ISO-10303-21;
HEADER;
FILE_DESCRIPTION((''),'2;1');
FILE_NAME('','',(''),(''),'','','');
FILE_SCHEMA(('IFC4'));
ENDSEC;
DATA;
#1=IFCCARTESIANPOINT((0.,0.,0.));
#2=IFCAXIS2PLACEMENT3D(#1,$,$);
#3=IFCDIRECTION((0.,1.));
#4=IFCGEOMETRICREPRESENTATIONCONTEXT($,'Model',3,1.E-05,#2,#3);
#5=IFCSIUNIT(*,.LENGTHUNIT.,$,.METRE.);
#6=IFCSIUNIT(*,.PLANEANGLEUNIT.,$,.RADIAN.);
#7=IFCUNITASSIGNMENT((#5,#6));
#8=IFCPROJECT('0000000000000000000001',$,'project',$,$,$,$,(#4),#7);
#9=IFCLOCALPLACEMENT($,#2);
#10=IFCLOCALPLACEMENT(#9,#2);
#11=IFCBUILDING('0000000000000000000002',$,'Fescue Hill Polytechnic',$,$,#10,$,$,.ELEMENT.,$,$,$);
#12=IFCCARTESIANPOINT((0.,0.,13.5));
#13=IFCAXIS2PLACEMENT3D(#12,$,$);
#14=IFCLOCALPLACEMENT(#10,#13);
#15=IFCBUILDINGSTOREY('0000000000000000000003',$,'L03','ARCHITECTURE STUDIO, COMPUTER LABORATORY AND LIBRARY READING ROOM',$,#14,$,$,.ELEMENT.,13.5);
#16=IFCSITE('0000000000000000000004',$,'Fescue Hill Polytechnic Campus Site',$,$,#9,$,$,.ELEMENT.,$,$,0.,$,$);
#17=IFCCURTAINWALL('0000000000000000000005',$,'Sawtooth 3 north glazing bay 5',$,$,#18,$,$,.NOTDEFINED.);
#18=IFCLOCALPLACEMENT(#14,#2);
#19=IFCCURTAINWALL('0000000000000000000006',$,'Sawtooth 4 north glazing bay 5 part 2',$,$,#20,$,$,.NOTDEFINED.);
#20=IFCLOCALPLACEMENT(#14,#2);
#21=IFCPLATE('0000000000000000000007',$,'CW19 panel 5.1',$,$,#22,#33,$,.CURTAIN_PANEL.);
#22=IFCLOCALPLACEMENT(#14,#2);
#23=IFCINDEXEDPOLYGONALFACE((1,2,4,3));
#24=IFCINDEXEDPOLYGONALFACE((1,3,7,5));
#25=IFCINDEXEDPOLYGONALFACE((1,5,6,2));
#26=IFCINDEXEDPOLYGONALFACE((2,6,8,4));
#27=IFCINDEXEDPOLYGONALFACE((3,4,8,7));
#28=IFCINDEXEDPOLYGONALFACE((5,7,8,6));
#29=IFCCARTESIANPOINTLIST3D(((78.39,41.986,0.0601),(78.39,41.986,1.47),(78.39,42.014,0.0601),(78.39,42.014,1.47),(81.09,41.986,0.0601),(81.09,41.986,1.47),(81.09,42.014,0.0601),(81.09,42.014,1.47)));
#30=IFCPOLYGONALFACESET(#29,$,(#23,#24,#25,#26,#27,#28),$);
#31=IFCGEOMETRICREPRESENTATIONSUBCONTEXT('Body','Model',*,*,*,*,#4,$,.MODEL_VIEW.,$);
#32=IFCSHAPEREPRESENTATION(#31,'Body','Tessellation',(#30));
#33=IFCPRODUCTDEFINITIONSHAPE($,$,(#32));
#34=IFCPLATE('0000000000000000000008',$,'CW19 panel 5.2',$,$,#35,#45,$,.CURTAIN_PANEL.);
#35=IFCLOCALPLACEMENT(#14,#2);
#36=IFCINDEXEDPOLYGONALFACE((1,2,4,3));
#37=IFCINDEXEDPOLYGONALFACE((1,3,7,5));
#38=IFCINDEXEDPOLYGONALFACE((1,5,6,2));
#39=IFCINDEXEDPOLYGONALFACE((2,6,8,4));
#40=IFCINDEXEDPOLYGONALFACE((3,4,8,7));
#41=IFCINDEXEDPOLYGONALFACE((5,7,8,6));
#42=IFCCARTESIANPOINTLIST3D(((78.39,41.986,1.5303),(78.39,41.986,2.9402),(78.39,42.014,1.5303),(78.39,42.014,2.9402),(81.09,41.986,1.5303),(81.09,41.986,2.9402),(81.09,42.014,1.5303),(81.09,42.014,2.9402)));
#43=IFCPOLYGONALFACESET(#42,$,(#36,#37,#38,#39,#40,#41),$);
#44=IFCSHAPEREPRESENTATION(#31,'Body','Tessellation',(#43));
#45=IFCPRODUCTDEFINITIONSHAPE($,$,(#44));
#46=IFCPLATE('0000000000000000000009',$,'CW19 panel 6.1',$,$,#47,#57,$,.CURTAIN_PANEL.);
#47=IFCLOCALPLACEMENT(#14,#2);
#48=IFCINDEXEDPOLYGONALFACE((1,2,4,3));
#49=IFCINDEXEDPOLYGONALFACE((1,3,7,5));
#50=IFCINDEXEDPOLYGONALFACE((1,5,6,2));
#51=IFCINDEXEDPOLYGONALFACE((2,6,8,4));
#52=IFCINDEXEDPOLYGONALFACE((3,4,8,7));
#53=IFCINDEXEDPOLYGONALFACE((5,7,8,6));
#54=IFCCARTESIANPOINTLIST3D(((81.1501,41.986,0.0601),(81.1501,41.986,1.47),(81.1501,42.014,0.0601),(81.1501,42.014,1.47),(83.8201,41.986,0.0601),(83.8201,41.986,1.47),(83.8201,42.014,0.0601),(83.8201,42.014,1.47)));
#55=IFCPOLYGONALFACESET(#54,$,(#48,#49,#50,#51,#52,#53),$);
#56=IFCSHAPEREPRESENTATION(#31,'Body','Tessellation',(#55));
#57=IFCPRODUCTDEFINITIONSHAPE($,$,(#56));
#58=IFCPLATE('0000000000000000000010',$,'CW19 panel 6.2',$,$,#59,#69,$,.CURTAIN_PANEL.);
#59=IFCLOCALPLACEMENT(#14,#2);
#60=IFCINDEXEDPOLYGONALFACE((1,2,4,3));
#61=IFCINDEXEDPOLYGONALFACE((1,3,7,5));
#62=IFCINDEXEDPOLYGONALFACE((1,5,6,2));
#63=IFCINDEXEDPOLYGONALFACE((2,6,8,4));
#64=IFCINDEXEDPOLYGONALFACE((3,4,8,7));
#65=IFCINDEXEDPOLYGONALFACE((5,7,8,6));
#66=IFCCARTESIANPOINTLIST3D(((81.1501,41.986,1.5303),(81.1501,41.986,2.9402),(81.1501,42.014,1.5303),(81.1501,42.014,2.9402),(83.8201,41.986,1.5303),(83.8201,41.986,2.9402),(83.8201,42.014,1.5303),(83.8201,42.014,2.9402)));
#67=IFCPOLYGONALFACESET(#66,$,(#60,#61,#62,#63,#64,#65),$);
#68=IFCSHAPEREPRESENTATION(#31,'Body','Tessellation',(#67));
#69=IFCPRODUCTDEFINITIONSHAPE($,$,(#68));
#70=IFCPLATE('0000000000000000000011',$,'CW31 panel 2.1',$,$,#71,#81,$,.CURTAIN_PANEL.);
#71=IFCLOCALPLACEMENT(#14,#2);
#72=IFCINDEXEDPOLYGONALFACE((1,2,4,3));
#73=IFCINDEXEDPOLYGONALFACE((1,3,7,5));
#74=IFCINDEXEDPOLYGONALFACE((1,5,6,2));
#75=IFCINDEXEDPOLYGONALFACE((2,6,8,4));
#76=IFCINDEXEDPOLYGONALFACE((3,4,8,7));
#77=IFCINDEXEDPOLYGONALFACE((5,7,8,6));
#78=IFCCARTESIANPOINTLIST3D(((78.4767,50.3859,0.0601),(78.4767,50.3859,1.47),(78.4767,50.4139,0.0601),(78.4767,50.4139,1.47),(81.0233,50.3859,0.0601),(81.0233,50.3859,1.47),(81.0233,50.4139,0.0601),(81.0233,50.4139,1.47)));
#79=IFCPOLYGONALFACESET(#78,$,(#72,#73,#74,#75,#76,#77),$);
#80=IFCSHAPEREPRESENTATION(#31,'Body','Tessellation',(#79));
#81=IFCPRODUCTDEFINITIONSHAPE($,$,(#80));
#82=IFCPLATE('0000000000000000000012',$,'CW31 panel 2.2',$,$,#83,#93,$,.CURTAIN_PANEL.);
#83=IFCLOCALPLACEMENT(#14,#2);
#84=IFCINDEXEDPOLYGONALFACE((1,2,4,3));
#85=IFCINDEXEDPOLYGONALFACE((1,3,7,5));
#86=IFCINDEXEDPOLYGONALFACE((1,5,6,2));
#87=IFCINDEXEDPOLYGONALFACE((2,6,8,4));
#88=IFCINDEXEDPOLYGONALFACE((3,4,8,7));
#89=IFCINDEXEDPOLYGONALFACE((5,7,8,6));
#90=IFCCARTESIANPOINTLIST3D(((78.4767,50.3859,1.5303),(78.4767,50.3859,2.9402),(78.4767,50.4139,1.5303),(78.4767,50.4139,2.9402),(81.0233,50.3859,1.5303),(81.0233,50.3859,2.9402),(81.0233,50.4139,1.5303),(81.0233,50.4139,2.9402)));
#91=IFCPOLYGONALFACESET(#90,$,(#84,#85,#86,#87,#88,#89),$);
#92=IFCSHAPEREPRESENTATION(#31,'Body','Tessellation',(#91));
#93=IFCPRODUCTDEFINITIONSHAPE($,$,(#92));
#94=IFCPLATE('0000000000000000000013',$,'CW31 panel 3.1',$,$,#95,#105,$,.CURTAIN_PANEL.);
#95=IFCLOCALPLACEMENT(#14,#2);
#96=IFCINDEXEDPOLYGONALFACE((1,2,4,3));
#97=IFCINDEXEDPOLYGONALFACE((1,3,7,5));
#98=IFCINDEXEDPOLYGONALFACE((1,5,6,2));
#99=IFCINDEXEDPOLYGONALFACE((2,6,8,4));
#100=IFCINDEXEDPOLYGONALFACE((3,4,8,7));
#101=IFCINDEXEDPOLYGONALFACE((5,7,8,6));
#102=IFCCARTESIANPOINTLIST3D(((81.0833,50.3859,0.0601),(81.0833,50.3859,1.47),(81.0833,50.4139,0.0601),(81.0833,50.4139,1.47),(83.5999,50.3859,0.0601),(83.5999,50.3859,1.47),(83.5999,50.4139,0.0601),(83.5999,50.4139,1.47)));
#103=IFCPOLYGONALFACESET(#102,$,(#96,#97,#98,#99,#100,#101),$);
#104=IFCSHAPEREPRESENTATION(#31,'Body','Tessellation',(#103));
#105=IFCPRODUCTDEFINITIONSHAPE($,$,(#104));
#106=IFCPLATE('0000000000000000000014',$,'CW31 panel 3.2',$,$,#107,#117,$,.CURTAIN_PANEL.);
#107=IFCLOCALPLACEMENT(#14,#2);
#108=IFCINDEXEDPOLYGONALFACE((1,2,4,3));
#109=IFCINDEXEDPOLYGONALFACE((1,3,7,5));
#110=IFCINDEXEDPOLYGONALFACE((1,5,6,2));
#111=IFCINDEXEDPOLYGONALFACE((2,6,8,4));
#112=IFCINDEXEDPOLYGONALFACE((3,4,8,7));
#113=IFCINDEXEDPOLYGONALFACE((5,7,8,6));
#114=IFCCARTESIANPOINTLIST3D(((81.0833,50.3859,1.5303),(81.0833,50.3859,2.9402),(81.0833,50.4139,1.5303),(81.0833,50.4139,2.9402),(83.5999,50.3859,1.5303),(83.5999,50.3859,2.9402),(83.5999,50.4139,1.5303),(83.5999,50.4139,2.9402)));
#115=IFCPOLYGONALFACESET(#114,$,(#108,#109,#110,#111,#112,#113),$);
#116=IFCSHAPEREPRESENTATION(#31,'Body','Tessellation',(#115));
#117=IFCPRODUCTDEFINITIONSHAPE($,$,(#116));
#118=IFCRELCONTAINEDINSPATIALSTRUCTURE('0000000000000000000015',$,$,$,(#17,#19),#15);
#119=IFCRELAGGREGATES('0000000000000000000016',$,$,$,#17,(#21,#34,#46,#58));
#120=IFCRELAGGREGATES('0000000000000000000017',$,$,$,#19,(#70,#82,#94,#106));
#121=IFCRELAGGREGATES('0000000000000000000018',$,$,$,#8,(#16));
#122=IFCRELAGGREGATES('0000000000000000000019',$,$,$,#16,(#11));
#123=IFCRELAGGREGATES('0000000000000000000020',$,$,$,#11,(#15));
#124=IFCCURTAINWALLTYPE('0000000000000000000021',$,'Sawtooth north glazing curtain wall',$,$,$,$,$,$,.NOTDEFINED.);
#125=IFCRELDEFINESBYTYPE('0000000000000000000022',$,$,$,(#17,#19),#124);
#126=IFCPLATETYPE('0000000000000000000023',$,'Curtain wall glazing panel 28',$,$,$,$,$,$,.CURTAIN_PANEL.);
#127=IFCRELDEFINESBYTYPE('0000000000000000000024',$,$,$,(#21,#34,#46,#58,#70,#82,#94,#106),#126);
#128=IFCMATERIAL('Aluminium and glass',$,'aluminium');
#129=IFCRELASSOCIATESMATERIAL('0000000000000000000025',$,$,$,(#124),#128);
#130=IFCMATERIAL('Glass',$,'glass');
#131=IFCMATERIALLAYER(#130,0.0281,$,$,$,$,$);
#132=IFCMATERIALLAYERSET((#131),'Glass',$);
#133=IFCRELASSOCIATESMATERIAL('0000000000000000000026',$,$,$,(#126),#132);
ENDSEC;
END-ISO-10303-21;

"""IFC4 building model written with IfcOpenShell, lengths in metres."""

from ifc_helpers import new_model, si_unit, direction, frame, origin, origin_2d, place, context, subcontext, project, spatial, rectangle, extrude, material, layer, layer_set, type_object, element, aggregate, save


model = new_model("IFC4")

# Units and contexts
model_context = context("Model", 3, precision=1e-05, world=origin(), true_north=direction((0.0, 1.0)))
body_context = subcontext(model_context, "Body", "Model", "MODEL_VIEW")
ifc_project = project(units=[si_unit("LENGTHUNIT", "METRE"), si_unit("PLANEANGLEUNIT", "RADIAN")], contexts=[model_context])

# Site, building, storey
site_placement = place(None, origin())
site = spatial("IfcSite", under=ifc_project, at=site_placement, Name="Fescue Hill Polytechnic Campus Site", CompositionType="ELEMENT", RefElevation=0.0)
building_placement = place(site_placement, origin())
building = spatial("IfcBuilding", under=site, at=building_placement, Name="Fescue Hill Polytechnic", CompositionType="ELEMENT")
storey_placement = place(building_placement, frame((0.0, 0.0, 13.5)))
storey = spatial("IfcBuildingStorey", under=building, at=storey_placement, Name="L03", Description="ARCHITECTURE STUDIO, COMPUTER LABORATORY AND LIBRARY READING ROOM", CompositionType="ELEMENT", Elevation=13.5)

# Curtain walls
ifc_material_1 = material(Name="Aluminium and glass", Category="aluminium")
curtain_wall_type = type_object("IfcCurtainWallType", Name="Sawtooth north glazing curtain wall", PredefinedType="NOTDEFINED", material=ifc_material_1)
curtain_wall_1_placement = place(storey_placement, origin())
curtain_wall_1 = element("IfcCurtainWall", 1, at=curtain_wall_1_placement, inside=storey, type_object=curtain_wall_type, Name="Sawtooth 3 north glazing bay 5", PredefinedType="NOTDEFINED")
curtain_wall_2_placement = place(storey_placement, origin())
curtain_wall_2 = element("IfcCurtainWall", 2, at=curtain_wall_2_placement, inside=storey, type_object=curtain_wall_type, Name="Sawtooth 4 north glazing bay 5 part 2", PredefinedType="NOTDEFINED")

# Plates
ifc_material_2 = material(Name="Glass", Category="glass")
ifc_layer = layer(ifc_material_2, 0.0281)
ifc_layer_set = layer_set([ifc_layer], Name="Glass")
plate_type = type_object("IfcPlateType", Name="Curtain wall glazing panel 28", PredefinedType="CURTAIN_PANEL", material=ifc_layer_set)
plate_1_placement = place(storey_placement, frame((79.74, 42.0, 0.0601), z_axis=(0.0, 0.0, 1.0), x_axis=(1.0, 0.0, 0.0)))
plate_1 = element("IfcPlate", 3, at=plate_1_placement, type_object=plate_type, Name="CW19 panel 5.1", PredefinedType="CURTAIN_PANEL", context=body_context, shape_type="SweptSolid", body=[
    extrude(rectangle(XDim=2.7, YDim=0.0281, at=origin_2d()), origin(), (0.0, 0.0, 1.0), 1.4099),
])
plate_2_placement = place(storey_placement, frame((79.74, 42.0, 1.5303), z_axis=(0.0, 0.0, 1.0), x_axis=(1.0, 0.0, 0.0)))
plate_2 = element("IfcPlate", 4, at=plate_2_placement, type_object=plate_type, Name="CW19 panel 5.2", PredefinedType="CURTAIN_PANEL", context=body_context, shape_type="SweptSolid", body=[
    extrude(rectangle(XDim=2.7, YDim=0.0281, at=origin_2d()), origin(), (0.0, 0.0, 1.0), 1.4099),
])
plate_3_placement = place(storey_placement, frame((82.4851, 42.0, 0.0601), z_axis=(0.0, 0.0, 1.0), x_axis=(1.0, 0.0, 0.0)))
plate_3 = element("IfcPlate", 5, at=plate_3_placement, type_object=plate_type, Name="CW19 panel 6.1", PredefinedType="CURTAIN_PANEL", context=body_context, shape_type="SweptSolid", body=[
    extrude(rectangle(XDim=2.6699, YDim=0.0281, at=origin_2d()), origin(), (0.0, 0.0, 1.0), 1.4099),
])
plate_4_placement = place(storey_placement, frame((82.4851, 42.0, 1.5303), z_axis=(0.0, 0.0, 1.0), x_axis=(1.0, 0.0, 0.0)))
plate_4 = element("IfcPlate", 6, at=plate_4_placement, type_object=plate_type, Name="CW19 panel 6.2", PredefinedType="CURTAIN_PANEL", context=body_context, shape_type="SweptSolid", body=[
    extrude(rectangle(XDim=2.6699, YDim=0.0281, at=origin_2d()), origin(), (0.0, 0.0, 1.0), 1.4099),
])
aggregate(curtain_wall_1, [plate_1, plate_2, plate_3, plate_4])
plate_5_placement = place(storey_placement, frame((79.75, 50.3999, 0.0601), z_axis=(0.0, 0.0, 1.0), x_axis=(1.0, 0.0, 0.0)))
plate_5 = element("IfcPlate", 7, at=plate_5_placement, type_object=plate_type, Name="CW31 panel 2.1", PredefinedType="CURTAIN_PANEL", context=body_context, shape_type="SweptSolid", body=[
    extrude(rectangle(XDim=2.5466, YDim=0.0281, at=origin_2d()), origin(), (0.0, 0.0, 1.0), 1.4099),
])
plate_6_placement = place(storey_placement, frame((79.75, 50.3999, 1.5303), z_axis=(0.0, 0.0, 1.0), x_axis=(1.0, 0.0, 0.0)))
plate_6 = element("IfcPlate", 8, at=plate_6_placement, type_object=plate_type, Name="CW31 panel 2.2", PredefinedType="CURTAIN_PANEL", context=body_context, shape_type="SweptSolid", body=[
    extrude(rectangle(XDim=2.5466, YDim=0.0281, at=origin_2d()), origin(), (0.0, 0.0, 1.0), 1.4099),
])
plate_7_placement = place(storey_placement, frame((82.3416, 50.3999, 0.0601), z_axis=(0.0, 0.0, 1.0), x_axis=(1.0, 0.0, 0.0)))
plate_7 = element("IfcPlate", 9, at=plate_7_placement, type_object=plate_type, Name="CW31 panel 3.1", PredefinedType="CURTAIN_PANEL", context=body_context, shape_type="SweptSolid", body=[
    extrude(rectangle(XDim=2.5166, YDim=0.0281, at=origin_2d()), origin(), (0.0, 0.0, 1.0), 1.4099),
])
plate_8_placement = place(storey_placement, frame((82.3416, 50.3999, 1.5303), z_axis=(0.0, 0.0, 1.0), x_axis=(1.0, 0.0, 0.0)))
plate_8 = element("IfcPlate", 10, at=plate_8_placement, type_object=plate_type, Name="CW31 panel 3.2", PredefinedType="CURTAIN_PANEL", context=body_context, shape_type="SweptSolid", body=[
    extrude(rectangle(XDim=2.5166, YDim=0.0281, at=origin_2d()), origin(), (0.0, 0.0, 1.0), 1.4099),
])
aggregate(curtain_wall_2, [plate_5, plate_6, plate_7, plate_8])

save(model, "model.ifc")
